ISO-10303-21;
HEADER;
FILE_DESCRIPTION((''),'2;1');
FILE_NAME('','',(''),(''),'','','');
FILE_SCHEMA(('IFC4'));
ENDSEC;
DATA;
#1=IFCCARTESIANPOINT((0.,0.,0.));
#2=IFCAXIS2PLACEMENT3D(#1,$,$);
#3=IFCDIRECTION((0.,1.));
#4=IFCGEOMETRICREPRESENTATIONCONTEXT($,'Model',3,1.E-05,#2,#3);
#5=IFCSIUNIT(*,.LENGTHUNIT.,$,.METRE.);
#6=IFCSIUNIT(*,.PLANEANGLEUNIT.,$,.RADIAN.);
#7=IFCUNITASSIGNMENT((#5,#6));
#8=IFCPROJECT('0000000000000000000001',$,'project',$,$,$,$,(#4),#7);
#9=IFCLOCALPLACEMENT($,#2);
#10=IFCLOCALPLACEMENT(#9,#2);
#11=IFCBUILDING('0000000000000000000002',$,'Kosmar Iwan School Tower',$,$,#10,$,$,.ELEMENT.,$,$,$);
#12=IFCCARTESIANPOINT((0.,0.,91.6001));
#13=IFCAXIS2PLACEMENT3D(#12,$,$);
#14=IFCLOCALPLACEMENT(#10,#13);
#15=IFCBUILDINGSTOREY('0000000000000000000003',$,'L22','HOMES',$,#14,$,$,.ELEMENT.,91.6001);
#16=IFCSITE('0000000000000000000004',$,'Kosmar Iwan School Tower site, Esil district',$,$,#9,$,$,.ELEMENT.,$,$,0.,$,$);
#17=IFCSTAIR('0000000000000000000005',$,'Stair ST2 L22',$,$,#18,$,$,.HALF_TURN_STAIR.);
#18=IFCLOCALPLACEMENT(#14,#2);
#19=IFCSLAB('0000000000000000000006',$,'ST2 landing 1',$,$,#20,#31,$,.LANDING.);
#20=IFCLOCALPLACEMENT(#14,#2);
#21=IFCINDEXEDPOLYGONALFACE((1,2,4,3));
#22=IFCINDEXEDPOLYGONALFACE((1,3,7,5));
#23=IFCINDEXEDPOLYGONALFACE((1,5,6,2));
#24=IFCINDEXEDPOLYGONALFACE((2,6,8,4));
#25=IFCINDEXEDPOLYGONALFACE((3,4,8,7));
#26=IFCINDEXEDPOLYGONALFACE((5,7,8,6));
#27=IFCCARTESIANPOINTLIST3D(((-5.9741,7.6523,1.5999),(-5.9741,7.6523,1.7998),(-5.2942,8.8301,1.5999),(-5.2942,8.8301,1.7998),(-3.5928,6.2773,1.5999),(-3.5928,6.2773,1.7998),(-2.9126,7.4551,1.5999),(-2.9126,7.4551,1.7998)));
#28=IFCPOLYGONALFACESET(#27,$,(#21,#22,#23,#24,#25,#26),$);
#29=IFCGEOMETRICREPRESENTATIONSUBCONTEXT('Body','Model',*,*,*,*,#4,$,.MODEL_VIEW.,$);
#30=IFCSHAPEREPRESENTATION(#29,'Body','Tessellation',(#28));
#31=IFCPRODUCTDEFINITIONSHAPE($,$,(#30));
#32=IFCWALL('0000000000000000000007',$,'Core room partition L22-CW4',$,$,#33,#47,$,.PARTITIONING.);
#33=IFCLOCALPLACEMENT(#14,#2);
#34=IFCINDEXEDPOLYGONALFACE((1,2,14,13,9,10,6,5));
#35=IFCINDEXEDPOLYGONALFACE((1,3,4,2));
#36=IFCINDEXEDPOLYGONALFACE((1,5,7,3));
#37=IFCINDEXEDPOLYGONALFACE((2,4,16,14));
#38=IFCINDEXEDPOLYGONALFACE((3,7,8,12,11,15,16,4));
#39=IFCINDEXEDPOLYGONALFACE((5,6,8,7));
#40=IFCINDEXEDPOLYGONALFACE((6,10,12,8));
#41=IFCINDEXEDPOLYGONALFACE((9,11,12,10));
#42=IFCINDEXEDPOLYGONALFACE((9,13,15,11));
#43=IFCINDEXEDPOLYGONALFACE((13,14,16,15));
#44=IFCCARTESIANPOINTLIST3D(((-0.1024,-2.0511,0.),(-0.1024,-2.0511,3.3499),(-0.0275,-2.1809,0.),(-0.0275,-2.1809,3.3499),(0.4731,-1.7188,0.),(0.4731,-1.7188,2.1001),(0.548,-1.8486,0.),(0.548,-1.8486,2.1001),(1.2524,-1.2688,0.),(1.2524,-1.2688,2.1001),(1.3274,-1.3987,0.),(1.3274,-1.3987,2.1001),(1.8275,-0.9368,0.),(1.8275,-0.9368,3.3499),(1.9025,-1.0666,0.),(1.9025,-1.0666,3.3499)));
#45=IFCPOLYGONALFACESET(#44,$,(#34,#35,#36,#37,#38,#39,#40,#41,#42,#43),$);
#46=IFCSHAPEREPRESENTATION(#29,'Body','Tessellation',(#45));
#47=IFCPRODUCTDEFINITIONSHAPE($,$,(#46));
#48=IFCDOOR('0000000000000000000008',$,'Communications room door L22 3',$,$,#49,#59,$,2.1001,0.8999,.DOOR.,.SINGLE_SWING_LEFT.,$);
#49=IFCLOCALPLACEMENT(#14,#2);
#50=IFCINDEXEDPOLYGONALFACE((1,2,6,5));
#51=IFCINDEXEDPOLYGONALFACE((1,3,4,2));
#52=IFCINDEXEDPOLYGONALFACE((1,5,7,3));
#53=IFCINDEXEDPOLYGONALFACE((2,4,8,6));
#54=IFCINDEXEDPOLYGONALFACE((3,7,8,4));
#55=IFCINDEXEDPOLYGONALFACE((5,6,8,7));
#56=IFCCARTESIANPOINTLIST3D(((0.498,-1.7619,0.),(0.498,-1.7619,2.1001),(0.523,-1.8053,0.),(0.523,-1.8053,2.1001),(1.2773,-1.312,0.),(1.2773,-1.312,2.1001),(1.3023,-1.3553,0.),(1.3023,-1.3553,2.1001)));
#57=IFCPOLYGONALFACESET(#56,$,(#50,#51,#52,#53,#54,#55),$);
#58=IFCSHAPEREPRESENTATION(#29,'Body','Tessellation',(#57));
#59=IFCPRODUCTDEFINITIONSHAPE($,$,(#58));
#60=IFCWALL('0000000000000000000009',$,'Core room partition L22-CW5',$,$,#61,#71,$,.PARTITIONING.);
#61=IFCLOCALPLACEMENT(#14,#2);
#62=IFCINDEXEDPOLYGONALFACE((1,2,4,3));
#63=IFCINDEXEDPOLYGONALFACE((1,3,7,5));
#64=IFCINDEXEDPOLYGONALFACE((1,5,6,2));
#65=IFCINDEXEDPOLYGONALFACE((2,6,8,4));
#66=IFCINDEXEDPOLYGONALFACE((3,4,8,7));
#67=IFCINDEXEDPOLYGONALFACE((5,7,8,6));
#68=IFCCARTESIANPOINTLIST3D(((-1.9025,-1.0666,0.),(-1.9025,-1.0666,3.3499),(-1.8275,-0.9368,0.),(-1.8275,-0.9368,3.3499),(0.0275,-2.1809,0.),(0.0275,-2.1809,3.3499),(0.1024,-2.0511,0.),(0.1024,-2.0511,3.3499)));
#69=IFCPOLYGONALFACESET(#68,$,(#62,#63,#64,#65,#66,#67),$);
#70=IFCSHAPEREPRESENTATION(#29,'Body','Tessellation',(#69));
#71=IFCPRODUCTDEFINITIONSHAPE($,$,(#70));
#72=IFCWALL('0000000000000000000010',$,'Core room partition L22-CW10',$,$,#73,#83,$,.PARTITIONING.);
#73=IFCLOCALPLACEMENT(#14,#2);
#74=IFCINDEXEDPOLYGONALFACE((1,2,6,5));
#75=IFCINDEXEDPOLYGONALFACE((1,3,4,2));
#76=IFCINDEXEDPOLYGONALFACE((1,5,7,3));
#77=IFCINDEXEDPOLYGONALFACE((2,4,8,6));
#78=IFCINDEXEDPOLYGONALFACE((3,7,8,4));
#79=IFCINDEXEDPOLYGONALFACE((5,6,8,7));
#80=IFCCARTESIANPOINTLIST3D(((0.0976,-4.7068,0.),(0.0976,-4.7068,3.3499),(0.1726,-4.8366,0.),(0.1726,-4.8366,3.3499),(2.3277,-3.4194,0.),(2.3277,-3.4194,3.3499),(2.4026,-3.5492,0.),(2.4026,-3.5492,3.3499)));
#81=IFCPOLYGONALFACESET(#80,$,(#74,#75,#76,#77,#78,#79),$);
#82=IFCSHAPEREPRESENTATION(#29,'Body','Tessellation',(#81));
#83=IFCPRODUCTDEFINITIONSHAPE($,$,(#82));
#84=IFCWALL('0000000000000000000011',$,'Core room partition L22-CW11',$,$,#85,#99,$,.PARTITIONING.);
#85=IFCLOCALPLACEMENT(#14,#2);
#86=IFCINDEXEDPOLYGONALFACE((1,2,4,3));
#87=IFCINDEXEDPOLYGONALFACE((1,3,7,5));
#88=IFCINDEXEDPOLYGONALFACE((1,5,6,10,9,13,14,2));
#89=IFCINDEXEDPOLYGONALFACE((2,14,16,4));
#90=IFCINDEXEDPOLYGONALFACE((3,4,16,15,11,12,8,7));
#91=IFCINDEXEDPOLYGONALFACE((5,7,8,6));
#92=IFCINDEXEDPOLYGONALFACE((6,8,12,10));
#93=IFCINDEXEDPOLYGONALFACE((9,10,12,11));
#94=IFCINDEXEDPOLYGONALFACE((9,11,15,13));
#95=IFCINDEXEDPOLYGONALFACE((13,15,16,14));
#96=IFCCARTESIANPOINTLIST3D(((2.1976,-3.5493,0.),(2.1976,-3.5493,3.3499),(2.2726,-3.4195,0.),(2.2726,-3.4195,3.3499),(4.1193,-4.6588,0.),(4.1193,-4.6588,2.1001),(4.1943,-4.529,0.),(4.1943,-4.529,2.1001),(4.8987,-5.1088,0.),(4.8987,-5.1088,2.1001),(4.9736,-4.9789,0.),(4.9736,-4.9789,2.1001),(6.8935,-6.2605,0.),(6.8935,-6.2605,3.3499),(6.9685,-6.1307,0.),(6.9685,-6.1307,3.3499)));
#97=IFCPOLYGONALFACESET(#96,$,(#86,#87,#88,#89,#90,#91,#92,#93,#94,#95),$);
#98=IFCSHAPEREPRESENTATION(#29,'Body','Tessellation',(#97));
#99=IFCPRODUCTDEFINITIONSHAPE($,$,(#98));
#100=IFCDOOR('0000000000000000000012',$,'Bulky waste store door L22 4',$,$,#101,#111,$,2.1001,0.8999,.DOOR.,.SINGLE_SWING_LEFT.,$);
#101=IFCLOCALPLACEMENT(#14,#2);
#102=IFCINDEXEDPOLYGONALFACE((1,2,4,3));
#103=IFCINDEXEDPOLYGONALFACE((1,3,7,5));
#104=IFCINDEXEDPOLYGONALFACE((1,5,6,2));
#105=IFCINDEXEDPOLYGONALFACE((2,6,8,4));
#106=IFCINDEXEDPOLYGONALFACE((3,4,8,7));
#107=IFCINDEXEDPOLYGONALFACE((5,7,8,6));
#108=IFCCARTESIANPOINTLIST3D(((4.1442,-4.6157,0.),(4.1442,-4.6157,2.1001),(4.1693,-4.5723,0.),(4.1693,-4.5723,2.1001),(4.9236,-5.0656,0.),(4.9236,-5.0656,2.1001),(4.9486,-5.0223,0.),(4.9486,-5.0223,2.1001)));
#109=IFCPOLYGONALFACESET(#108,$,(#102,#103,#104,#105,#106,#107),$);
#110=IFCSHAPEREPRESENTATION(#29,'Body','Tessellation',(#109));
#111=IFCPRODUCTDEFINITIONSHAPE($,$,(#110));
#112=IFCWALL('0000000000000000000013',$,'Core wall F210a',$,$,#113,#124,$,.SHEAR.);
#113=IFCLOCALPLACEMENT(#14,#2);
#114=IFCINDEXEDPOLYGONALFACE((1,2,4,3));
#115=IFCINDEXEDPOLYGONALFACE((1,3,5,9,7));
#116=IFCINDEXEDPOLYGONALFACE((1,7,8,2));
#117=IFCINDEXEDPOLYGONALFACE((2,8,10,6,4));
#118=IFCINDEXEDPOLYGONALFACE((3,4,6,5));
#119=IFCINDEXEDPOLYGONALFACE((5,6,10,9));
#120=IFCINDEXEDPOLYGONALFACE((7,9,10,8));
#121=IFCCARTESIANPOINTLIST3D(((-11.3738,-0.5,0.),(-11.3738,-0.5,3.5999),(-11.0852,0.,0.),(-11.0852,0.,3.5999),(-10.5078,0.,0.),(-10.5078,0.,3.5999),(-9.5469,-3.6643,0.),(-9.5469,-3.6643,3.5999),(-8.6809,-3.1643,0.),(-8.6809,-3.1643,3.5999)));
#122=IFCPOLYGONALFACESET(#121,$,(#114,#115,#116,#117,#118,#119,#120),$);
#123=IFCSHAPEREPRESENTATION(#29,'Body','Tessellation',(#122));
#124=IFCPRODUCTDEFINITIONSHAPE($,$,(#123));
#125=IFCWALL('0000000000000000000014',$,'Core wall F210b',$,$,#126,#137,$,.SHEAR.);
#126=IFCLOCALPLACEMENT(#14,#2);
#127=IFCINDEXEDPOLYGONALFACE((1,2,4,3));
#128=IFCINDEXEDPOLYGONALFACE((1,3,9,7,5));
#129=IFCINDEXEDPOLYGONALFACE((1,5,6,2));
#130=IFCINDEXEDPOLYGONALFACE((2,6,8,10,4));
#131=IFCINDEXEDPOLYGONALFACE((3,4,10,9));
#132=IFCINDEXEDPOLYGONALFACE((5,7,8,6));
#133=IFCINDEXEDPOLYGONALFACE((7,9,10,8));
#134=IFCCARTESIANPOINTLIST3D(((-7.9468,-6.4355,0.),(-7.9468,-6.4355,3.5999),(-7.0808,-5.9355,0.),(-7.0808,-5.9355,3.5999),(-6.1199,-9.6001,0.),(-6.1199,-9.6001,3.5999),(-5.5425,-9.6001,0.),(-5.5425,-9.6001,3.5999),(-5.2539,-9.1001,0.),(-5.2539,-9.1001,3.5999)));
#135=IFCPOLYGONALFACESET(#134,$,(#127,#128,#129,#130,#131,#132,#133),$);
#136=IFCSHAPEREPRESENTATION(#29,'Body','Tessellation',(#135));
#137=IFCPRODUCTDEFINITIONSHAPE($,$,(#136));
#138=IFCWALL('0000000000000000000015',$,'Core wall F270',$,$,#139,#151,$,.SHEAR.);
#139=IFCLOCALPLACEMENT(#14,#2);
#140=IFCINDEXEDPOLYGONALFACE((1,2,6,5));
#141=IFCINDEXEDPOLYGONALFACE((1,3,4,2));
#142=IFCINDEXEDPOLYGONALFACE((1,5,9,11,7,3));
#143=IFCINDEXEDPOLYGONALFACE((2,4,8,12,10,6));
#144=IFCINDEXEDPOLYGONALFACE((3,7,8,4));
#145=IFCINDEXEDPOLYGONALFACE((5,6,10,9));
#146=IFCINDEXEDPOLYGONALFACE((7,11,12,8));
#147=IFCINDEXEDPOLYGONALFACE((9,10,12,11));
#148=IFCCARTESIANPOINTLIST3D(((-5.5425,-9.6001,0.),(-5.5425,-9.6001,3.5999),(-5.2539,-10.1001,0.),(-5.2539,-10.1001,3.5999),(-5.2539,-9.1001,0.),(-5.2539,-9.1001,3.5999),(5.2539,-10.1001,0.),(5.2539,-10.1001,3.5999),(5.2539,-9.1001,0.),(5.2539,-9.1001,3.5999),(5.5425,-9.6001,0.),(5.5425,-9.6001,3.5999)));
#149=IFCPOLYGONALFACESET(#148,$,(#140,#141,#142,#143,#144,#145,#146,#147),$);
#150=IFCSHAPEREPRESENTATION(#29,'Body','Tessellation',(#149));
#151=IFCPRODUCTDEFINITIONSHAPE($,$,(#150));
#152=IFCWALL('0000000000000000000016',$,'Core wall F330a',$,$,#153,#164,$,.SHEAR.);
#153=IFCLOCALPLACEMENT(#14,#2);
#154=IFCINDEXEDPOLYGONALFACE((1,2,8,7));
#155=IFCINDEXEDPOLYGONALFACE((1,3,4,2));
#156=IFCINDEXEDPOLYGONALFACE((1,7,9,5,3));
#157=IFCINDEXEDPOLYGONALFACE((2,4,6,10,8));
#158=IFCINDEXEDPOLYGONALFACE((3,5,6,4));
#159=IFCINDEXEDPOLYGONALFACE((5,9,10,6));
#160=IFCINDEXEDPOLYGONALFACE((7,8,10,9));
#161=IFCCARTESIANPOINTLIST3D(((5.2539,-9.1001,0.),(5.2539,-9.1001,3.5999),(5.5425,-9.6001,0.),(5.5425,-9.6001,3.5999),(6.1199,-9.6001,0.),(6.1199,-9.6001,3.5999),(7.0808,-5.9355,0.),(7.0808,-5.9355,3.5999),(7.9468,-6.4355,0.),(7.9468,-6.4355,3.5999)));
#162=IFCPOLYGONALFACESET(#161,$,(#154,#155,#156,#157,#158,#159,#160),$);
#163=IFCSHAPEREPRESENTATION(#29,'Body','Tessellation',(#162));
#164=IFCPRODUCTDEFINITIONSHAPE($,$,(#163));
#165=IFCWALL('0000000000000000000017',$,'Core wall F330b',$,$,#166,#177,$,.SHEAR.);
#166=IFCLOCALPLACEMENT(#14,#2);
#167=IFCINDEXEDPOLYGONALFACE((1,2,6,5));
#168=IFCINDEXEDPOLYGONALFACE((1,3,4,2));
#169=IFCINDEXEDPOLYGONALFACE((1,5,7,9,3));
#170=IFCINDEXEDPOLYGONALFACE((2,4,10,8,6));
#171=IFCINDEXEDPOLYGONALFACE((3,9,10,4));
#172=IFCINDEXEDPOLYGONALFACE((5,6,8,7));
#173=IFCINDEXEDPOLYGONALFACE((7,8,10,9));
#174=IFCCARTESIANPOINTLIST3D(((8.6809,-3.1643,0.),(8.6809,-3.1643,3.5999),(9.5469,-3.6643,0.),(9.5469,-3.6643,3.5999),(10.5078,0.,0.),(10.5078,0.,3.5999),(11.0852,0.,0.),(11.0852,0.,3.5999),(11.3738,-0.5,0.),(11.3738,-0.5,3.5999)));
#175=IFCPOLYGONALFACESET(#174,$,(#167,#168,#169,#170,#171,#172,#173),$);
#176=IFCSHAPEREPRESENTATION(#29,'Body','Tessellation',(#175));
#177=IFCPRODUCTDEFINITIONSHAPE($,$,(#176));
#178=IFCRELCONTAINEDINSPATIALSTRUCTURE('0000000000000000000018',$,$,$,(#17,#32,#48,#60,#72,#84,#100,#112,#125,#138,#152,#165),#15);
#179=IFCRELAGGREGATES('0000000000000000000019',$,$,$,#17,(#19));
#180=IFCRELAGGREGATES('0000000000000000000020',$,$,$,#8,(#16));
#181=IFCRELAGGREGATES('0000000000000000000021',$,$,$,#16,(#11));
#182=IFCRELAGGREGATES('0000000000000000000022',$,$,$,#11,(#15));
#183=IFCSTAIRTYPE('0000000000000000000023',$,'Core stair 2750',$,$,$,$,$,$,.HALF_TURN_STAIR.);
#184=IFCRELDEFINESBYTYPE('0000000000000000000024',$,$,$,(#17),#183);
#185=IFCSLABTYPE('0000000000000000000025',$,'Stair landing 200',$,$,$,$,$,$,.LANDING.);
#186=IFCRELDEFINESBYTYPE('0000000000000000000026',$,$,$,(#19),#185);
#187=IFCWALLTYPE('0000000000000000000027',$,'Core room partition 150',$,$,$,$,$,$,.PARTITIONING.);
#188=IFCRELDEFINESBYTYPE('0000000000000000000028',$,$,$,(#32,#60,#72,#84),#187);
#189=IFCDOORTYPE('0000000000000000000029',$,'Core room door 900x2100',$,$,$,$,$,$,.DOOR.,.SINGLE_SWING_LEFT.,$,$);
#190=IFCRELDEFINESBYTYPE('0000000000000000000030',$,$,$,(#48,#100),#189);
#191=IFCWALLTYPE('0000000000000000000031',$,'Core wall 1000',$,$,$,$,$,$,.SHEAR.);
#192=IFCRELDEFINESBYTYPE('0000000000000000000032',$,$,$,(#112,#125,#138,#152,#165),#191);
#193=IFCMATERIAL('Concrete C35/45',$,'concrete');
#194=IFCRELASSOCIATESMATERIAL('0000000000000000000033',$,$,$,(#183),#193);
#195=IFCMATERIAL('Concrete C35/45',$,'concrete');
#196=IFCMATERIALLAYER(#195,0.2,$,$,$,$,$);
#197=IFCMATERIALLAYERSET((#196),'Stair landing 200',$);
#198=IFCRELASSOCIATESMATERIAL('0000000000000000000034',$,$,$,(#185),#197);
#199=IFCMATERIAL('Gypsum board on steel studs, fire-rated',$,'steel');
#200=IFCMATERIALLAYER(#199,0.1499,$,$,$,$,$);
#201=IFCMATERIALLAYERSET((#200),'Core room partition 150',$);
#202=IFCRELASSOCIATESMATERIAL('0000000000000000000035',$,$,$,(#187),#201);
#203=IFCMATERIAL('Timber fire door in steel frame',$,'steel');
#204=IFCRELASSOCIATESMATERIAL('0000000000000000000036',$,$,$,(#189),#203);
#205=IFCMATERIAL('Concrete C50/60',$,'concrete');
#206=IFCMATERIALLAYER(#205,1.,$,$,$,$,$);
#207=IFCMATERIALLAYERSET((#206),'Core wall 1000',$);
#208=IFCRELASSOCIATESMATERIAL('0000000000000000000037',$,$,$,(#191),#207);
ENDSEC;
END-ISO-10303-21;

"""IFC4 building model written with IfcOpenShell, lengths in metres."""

from ifc_helpers import new_model, si_unit, direction, frame, frame_2d, origin, place, context, subcontext, project, spatial, polyline, rectangle, outline, extrude, material, layer, layer_set, type_object, element, fill, aggregate, save


model = new_model("IFC4")

# Units and contexts
model_context = context("Model", 3, precision=1e-05, world=origin(), true_north=direction((0.0, 1.0)))
body_context = subcontext(model_context, "Body", "Model", "MODEL_VIEW")
ifc_project = project(units=[si_unit("LENGTHUNIT", "METRE"), si_unit("PLANEANGLEUNIT", "RADIAN")], contexts=[model_context])

# Site, building, storey
site_placement = place(None, origin())
site = spatial("IfcSite", under=ifc_project, at=site_placement, Name="Kosmar Iwan School Tower site, Esil district", CompositionType="ELEMENT", RefElevation=0.0)
building_placement = place(site_placement, origin())
building = spatial("IfcBuilding", under=site, at=building_placement, Name="Kosmar Iwan School Tower", CompositionType="ELEMENT")
storey_placement = place(building_placement, frame((0.0, 0.0, 91.6001)))
storey = spatial("IfcBuildingStorey", under=building, at=storey_placement, Name="L22", Description="HOMES", CompositionType="ELEMENT", Elevation=91.6001)

# Stair, slab
ifc_material_1 = material(Name="Concrete C35/45", Category="concrete")
stair_type = type_object("IfcStairType", Name="Core stair 2750", PredefinedType="HALF_TURN_STAIR", material=ifc_material_1)
stair_placement = place(storey_placement, origin())
stair = element("IfcStair", 1, at=stair_placement, inside=storey, type_object=stair_type, Name="Stair ST2 L22", PredefinedType="HALF_TURN_STAIR")
ifc_material_2 = material(Name="Concrete C35/45", Category="concrete")
ifc_layer_1 = layer(ifc_material_2, 0.2)
ifc_layer_set_1 = layer_set([ifc_layer_1], Name="Stair landing 200")
slab_type = type_object("IfcSlabType", Name="Stair landing 200", PredefinedType="LANDING", material=ifc_layer_set_1)
slab_placement = place(storey_placement, frame((0.0, 0.0, 1.5999)))
slab = element("IfcSlab", 2, at=slab_placement, type_object=slab_type, Name="ST2 landing 1", PredefinedType="LANDING", context=body_context, shape_type="SweptSolid", body=[
    extrude(outline(polyline([(-2.9126, 7.4551), (-5.2942, 8.8301), (-5.9741, 7.6523), (-3.5928, 6.2773), (-2.9126, 7.4551)])), origin(), (0.0, 0.0, 1.0), 0.2),
])
aggregate(stair, [slab])

# Wall, opening, door
ifc_material_3 = material(Name="Gypsum board on steel studs, fire-rated", Category="steel")
ifc_layer_2 = layer(ifc_material_3, 0.1499)
ifc_layer_set_2 = layer_set([ifc_layer_2], Name="Core room partition 150")
wall_type_1 = type_object("IfcWallType", Name="Core room partition 150", PredefinedType="PARTITIONING", material=ifc_layer_set_2)
wall_1_placement = place(storey_placement, frame((1.865, -1.0017, 0.0), z_axis=(0.0, 0.0, 1.0), x_axis=(-0.866023, -0.500004, 0.0)))
wall_1 = element("IfcWall", 3, at=wall_1_placement, inside=storey, type_object=wall_type_1, Name="Core room partition L22-CW4", PredefinedType="PARTITIONING", context=body_context, shape_type="SweptSolid", body=[
    extrude(rectangle(XDim=2.2285, YDim=0.1499, at=frame_2d((1.1143, 0.0))), origin(), (0.0, 0.0, 1.0), 3.3499),
])
opening_1_placement = place(wall_1_placement, frame((0.6641, 0.0, 0.0)))
opening_1 = element("IfcOpeningElement", 4, at=opening_1_placement, cuts=wall_1, PredefinedType="OPENING", context=body_context, shape_type="SweptSolid", body=[
    extrude(rectangle(XDim=0.8999, YDim=2.1001, at=frame_2d((0.45, 1.05))), frame((0.0, 0.0869, 0.0), z_axis=(0.0, -1.0, 0.0), x_axis=(1.0, 0.0, 0.0)), (0.0, 0.0, 1.0), 0.1738),
])
ifc_material_4 = material(Name="Timber fire door in steel frame", Category="steel")
door_type_1 = type_object("IfcDoorType", Name="Core room door 900x2100", OperationType="SINGLE_SWING_LEFT", PredefinedType="DOOR", material=ifc_material_4)
door_1_placement = place(opening_1_placement, origin())
door_1 = element("IfcDoor", 5, at=door_1_placement, inside=storey, type_object=door_type_1, Name="Communications room door L22 3", OperationType="SINGLE_SWING_LEFT", OverallHeight=2.1001, OverallWidth=0.8999, PredefinedType="DOOR", context=body_context, shape_type="SweptSolid", body=[
    extrude(rectangle(XDim=0.8999, YDim=2.1001, at=frame_2d((0.45, 1.05))), frame((0.0, 0.0249, 0.0), z_axis=(0.0, -1.0, 0.0), x_axis=(1.0, 0.0, 0.0)), (0.0, 0.0, 1.0), 0.05),
])
fill(opening_1, door_1)

# Walls
wall_2_placement = place(storey_placement, frame((0.0649, -2.116, 0.0), z_axis=(0.0, 0.0, 1.0), x_axis=(-0.866023, 0.500004, 0.0)))
element("IfcWall", 6, at=wall_2_placement, inside=storey, type_object=wall_type_1, Name="Core room partition L22-CW5", PredefinedType="PARTITIONING", context=body_context, shape_type="SweptSolid", body=[
    extrude(rectangle(XDim=2.2285, YDim=0.1499, at=frame_2d((1.1143, 0.0))), origin(), (0.0, 0.0, 1.0), 3.3499),
])
wall_3_placement = place(storey_placement, frame((0.135, -4.7717, 0.0), z_axis=(0.0, 0.0, 1.0), x_axis=(0.866047, 0.499963, 0.0)))
element("IfcWall", 7, at=wall_3_placement, inside=storey, type_object=wall_type_1, Name="Core room partition L22-CW10", PredefinedType="PARTITIONING", context=body_context, shape_type="SweptSolid", body=[
    extrude(rectangle(XDim=2.575, YDim=0.1499, at=frame_2d((1.2876, 0.0))), origin(), (0.0, 0.0, 1.0), 3.3499),
])

# Wall, opening, door
wall_4_placement = place(storey_placement, frame((2.2351, -3.4844, 0.0), z_axis=(0.0, 0.0, 1.0), x_axis=(0.866021, -0.500008, 0.0)))
wall_4 = element("IfcWall", 8, at=wall_4_placement, inside=storey, type_object=wall_type_1, Name="Core room partition L22-CW11", PredefinedType="PARTITIONING", context=body_context, shape_type="SweptSolid", body=[
    extrude(rectangle(XDim=5.4224, YDim=0.1499, at=frame_2d((2.7112, 0.0))), origin(), (0.0, 0.0, 1.0), 3.3499),
])
opening_2_placement = place(wall_4_placement, frame((2.219, 0.0, 0.0)))
opening_2 = element("IfcOpeningElement", 9, at=opening_2_placement, cuts=wall_4, PredefinedType="OPENING", context=body_context, shape_type="SweptSolid", body=[
    extrude(rectangle(XDim=0.8999, YDim=2.1001, at=frame_2d((0.45, 1.05))), frame((0.0, 0.0869, 0.0), z_axis=(0.0, -1.0, 0.0), x_axis=(1.0, 0.0, 0.0)), (0.0, 0.0, 1.0), 0.1738),
])
door_2_placement = place(opening_2_placement, origin())
door_2 = element("IfcDoor", 10, at=door_2_placement, inside=storey, type_object=door_type_1, Name="Bulky waste store door L22 4", OperationType="SINGLE_SWING_LEFT", OverallHeight=2.1001, OverallWidth=0.8999, PredefinedType="DOOR", context=body_context, shape_type="SweptSolid", body=[
    extrude(rectangle(XDim=0.8999, YDim=2.1001, at=frame_2d((0.45, 1.05))), frame((0.0, 0.0249, 0.0), z_axis=(0.0, -1.0, 0.0), x_axis=(1.0, 0.0, 0.0)), (0.0, 0.0, 1.0), 0.05),
])
fill(opening_2, door_2)

# Walls
ifc_material_5 = material(Name="Concrete C50/60", Category="concrete")
ifc_layer_3 = layer(ifc_material_5, 1.0)
ifc_layer_set_3 = layer_set([ifc_layer_3], Name="Core wall 1000")
wall_type_2 = type_object("IfcWallType", Name="Core wall 1000", PredefinedType="SHEAR", material=ifc_layer_set_3)
wall_5_placement = place(storey_placement, origin())
element("IfcWall", 11, at=wall_5_placement, inside=storey, type_object=wall_type_2, Name="Core wall F210a", PredefinedType="SHEAR", context=body_context, shape_type="SweptSolid", body=[
    extrude(outline(polyline([(-9.5469, -3.6643), (-8.6809, -3.1643), (-10.5078, 0.0), (-11.0852, 0.0), (-11.3738, -0.5), (-9.5469, -3.6643)])), origin(), (0.0, 0.0, 1.0), 3.5999),
])
wall_6_placement = place(storey_placement, origin())
element("IfcWall", 12, at=wall_6_placement, inside=storey, type_object=wall_type_2, Name="Core wall F210b", PredefinedType="SHEAR", context=body_context, shape_type="SweptSolid", body=[
    extrude(outline(polyline([(-6.1199, -9.6001), (-5.5425, -9.6001), (-5.2539, -9.1001), (-7.0808, -5.9355), (-7.9468, -6.4355), (-6.1199, -9.6001)])), origin(), (0.0, 0.0, 1.0), 3.5999),
])
wall_7_placement = place(storey_placement, origin())
element("IfcWall", 13, at=wall_7_placement, inside=storey, type_object=wall_type_2, Name="Core wall F270", PredefinedType="SHEAR", context=body_context, shape_type="SweptSolid", body=[
    extrude(outline(polyline([(-5.2539, -10.1001), (5.2539, -10.1001), (5.5425, -9.6001), (5.2539, -9.1001), (-5.2539, -9.1001), (-5.5425, -9.6001), (-5.2539, -10.1001)])), origin(), (0.0, 0.0, 1.0), 3.5999),
])
wall_8_placement = place(storey_placement, origin())
element("IfcWall", 14, at=wall_8_placement, inside=storey, type_object=wall_type_2, Name="Core wall F330a", PredefinedType="SHEAR", context=body_context, shape_type="SweptSolid", body=[
    extrude(outline(polyline([(5.5425, -9.6001), (6.1199, -9.6001), (7.9468, -6.4355), (7.0808, -5.9355), (5.2539, -9.1001), (5.5425, -9.6001)])), origin(), (0.0, 0.0, 1.0), 3.5999),
])
wall_9_placement = place(storey_placement, origin())
element("IfcWall", 15, at=wall_9_placement, inside=storey, type_object=wall_type_2, Name="Core wall F330b", PredefinedType="SHEAR", context=body_context, shape_type="SweptSolid", body=[
    extrude(outline(polyline([(9.5469, -3.6643), (11.3738, -0.5), (11.0852, 0.0), (10.5078, 0.0), (8.6809, -3.1643), (9.5469, -3.6643)])), origin(), (0.0, 0.0, 1.0), 3.5999),
])

save(model, "model.ifc")
